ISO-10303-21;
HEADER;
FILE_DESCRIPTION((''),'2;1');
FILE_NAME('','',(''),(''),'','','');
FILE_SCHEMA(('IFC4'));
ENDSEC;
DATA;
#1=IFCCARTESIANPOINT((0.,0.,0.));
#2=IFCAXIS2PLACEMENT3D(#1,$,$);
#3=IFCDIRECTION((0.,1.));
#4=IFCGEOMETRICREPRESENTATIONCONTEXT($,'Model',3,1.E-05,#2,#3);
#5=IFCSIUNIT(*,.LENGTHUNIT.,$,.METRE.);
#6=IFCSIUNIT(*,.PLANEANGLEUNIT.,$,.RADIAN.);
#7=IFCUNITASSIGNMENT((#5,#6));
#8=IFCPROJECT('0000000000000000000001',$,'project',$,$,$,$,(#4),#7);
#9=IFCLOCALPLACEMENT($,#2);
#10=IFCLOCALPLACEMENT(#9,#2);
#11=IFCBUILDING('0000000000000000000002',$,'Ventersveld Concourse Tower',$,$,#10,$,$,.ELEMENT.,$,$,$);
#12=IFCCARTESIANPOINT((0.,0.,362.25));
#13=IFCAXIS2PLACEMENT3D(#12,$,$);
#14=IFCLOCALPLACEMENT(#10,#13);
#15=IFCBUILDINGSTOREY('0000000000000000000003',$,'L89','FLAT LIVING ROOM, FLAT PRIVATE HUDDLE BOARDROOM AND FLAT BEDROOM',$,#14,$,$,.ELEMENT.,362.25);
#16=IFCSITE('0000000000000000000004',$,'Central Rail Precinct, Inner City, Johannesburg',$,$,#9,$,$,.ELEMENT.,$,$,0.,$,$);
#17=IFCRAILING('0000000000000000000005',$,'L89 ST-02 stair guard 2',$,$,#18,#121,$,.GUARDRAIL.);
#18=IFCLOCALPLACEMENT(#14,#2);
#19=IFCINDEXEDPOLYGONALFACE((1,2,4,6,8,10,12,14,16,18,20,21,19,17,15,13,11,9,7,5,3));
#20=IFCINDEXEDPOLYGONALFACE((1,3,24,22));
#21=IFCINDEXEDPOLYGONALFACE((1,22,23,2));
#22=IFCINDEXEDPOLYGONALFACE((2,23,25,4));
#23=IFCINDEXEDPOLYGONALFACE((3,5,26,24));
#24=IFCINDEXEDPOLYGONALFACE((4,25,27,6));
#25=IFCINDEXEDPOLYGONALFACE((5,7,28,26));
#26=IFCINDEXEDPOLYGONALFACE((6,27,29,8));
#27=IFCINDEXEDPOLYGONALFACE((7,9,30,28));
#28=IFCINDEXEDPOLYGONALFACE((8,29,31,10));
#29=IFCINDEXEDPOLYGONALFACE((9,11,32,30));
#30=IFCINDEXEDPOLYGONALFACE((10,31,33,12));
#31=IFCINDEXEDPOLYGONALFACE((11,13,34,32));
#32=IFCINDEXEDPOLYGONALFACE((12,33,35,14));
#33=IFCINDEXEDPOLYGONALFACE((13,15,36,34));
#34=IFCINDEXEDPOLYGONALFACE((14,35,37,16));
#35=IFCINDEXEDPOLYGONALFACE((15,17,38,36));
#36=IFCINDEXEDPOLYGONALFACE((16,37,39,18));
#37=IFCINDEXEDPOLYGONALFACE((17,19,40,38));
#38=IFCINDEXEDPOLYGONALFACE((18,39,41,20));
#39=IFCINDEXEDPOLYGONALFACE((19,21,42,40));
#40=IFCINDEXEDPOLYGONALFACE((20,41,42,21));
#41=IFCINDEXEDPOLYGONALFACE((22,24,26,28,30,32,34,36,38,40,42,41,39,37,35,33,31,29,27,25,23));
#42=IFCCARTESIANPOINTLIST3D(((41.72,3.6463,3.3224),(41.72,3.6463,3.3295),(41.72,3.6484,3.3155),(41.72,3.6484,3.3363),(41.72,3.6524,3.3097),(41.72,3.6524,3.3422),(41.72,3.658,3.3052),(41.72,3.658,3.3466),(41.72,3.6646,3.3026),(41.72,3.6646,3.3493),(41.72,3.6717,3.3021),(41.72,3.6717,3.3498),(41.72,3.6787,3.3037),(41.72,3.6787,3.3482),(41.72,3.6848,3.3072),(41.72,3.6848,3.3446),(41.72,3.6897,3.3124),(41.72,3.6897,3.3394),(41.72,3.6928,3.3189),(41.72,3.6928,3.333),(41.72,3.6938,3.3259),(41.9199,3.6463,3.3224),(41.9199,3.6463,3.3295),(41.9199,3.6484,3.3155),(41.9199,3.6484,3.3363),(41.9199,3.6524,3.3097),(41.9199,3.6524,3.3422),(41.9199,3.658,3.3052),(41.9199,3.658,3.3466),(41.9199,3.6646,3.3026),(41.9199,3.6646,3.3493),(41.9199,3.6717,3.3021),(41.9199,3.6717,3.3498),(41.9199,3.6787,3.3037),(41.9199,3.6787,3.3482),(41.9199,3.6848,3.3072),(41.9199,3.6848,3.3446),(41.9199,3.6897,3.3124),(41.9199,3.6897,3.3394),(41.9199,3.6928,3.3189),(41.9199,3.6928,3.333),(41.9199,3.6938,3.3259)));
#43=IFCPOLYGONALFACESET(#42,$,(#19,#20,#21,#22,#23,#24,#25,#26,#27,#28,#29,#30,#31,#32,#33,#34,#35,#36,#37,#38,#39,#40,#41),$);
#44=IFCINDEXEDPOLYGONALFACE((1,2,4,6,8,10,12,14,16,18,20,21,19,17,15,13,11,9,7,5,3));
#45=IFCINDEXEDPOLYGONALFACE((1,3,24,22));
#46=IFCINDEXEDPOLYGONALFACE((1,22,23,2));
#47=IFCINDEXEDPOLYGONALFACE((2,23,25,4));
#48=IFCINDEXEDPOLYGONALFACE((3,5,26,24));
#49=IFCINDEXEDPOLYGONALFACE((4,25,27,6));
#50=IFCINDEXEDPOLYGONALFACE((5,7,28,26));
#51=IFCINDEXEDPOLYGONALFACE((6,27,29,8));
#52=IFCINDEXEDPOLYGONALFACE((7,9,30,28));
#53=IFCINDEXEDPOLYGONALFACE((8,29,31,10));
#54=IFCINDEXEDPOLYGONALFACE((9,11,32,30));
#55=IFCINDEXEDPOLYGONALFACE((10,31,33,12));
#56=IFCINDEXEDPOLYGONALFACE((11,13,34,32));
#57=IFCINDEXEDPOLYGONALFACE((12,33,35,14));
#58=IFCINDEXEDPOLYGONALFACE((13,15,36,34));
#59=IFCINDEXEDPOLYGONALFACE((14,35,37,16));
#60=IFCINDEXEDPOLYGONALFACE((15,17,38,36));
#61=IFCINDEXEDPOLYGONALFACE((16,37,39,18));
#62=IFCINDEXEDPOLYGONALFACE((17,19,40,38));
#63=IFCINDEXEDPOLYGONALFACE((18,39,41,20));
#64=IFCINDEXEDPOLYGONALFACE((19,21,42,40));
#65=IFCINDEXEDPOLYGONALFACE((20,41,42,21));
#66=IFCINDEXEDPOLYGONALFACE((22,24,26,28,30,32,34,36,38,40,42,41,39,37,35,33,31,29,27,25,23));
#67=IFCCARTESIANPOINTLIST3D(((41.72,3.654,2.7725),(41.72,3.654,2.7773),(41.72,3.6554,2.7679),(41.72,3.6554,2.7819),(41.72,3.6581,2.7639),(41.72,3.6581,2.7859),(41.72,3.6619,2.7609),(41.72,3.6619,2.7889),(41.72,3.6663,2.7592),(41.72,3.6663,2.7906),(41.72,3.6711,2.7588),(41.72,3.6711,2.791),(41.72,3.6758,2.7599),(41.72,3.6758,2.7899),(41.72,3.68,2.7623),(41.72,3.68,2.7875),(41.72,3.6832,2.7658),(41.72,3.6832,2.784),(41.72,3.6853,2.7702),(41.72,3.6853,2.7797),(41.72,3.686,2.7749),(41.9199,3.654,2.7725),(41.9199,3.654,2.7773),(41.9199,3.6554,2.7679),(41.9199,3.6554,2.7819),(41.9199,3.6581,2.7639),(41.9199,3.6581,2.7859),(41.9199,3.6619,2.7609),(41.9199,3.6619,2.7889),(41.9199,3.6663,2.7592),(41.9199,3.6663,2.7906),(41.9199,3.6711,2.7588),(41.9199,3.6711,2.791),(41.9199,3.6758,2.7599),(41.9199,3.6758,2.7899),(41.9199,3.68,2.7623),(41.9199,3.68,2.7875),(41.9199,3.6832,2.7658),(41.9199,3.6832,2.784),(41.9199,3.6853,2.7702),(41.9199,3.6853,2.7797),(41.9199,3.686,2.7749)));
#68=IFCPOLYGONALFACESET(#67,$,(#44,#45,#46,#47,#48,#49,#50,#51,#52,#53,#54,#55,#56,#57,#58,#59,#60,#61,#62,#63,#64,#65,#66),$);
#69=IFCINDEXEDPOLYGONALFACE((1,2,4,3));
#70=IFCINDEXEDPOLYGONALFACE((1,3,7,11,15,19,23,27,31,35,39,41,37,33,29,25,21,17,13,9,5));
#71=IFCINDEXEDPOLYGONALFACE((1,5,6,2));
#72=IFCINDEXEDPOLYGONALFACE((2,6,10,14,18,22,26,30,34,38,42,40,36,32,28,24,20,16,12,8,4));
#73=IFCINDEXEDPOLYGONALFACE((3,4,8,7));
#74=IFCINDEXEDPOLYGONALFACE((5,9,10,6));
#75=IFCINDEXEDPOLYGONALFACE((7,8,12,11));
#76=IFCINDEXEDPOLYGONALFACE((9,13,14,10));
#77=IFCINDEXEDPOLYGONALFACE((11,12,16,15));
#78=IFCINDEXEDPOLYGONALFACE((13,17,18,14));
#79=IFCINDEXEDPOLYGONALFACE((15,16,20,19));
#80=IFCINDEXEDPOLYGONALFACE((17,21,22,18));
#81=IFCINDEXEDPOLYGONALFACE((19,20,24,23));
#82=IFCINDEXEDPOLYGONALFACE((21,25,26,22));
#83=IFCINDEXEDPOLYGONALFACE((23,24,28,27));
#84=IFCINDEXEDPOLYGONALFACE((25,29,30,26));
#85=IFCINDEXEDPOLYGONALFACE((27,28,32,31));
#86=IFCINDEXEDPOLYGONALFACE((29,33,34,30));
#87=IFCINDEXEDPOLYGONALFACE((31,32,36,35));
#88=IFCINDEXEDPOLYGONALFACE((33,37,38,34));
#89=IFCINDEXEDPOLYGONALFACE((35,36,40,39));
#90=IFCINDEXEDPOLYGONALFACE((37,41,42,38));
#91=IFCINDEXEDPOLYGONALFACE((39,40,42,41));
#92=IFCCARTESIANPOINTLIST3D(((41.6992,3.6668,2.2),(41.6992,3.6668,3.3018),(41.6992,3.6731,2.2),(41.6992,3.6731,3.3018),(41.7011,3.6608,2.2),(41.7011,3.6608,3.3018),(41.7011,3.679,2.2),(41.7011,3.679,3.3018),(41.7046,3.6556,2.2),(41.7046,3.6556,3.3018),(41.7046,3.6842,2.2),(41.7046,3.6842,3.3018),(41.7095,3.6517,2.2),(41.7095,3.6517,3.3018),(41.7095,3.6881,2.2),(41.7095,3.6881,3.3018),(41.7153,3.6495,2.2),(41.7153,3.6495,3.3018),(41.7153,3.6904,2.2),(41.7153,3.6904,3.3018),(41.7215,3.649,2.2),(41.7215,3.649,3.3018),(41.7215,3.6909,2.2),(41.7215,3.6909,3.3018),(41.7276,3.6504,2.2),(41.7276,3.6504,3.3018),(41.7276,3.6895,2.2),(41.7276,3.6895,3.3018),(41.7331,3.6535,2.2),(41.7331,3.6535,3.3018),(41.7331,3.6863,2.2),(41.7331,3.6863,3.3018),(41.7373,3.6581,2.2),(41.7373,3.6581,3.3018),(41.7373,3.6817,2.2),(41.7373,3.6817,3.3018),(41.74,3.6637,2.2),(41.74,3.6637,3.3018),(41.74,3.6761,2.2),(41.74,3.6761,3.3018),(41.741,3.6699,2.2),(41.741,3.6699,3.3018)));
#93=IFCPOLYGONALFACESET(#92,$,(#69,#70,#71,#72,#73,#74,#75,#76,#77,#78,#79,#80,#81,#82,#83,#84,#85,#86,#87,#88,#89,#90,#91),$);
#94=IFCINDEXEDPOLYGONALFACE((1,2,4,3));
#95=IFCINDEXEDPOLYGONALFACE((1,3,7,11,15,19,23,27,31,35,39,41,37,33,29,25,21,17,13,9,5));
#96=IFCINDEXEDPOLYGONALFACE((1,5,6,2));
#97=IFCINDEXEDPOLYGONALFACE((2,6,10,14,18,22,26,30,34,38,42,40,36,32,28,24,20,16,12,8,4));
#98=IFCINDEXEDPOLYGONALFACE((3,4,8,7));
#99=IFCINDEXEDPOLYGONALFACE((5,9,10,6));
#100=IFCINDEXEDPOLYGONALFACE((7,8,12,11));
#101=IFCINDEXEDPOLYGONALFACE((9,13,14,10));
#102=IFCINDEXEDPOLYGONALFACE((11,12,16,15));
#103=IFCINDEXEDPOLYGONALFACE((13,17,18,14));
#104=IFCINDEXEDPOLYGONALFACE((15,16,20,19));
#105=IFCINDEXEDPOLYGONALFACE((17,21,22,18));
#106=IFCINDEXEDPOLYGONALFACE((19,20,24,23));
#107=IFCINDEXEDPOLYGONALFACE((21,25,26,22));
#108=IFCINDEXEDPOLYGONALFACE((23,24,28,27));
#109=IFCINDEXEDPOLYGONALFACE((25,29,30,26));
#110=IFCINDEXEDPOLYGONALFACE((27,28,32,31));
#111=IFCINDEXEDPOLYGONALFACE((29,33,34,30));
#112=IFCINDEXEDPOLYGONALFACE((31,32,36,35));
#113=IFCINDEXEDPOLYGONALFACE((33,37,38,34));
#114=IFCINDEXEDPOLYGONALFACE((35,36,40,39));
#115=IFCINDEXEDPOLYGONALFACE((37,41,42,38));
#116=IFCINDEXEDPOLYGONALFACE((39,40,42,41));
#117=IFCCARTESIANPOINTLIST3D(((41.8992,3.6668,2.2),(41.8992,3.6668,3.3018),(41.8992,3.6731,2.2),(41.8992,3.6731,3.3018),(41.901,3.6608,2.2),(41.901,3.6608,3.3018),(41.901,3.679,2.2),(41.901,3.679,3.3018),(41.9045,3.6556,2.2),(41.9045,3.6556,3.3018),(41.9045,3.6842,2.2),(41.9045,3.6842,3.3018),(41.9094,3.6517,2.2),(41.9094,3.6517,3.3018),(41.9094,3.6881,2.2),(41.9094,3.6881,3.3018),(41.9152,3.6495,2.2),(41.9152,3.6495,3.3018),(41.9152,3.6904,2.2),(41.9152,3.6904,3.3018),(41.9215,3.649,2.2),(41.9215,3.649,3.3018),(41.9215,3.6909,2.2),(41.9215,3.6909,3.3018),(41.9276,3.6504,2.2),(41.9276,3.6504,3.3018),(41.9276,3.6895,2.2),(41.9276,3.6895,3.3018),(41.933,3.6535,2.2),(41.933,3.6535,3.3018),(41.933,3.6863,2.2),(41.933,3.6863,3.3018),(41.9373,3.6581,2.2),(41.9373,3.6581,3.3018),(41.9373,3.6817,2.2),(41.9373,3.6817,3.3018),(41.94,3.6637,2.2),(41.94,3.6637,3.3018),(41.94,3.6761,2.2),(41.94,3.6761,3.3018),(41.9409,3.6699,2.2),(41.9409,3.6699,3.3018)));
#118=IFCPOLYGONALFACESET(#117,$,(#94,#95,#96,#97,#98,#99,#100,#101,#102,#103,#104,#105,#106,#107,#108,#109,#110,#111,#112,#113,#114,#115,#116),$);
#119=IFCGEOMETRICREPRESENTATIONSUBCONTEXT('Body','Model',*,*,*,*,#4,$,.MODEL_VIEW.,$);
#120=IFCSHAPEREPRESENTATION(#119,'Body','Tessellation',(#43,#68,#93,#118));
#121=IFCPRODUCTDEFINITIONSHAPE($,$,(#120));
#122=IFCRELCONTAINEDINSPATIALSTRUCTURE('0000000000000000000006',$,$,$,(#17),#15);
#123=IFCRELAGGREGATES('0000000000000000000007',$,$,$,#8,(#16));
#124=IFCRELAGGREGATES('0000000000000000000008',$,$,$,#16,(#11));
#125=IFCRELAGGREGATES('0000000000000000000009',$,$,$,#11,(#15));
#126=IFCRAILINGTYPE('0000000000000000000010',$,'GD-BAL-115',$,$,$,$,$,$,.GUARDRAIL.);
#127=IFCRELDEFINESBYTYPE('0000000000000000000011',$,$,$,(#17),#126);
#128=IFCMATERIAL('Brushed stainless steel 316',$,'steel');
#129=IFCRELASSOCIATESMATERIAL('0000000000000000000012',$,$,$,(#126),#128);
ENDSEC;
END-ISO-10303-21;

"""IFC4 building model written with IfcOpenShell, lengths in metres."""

from ifc_helpers import new_model, si_unit, direction, frame, origin, origin_2d, place, context, subcontext, project, spatial, circle, extrude, material, type_object, element, save


model = new_model("IFC4")

# Units and contexts
model_context = context("Model", 3, precision=1e-05, world=origin(), true_north=direction((0.0, 1.0)))
body_context = subcontext(model_context, "Body", "Model", "MODEL_VIEW")
ifc_project = project(units=[si_unit("LENGTHUNIT", "METRE"), si_unit("PLANEANGLEUNIT", "RADIAN")], contexts=[model_context])

# Site, building, storey
site_placement = place(None, origin())
site = spatial("IfcSite", under=ifc_project, at=site_placement, Name="Central Rail Precinct, Inner City, Johannesburg", CompositionType="ELEMENT", RefElevation=0.0)
building_placement = place(site_placement, origin())
building = spatial("IfcBuilding", under=site, at=building_placement, Name="Ventersveld Concourse Tower", CompositionType="ELEMENT")
storey_placement = place(building_placement, frame((0.0, 0.0, 362.25)))
storey = spatial("IfcBuildingStorey", under=building, at=storey_placement, Name="L89", Description="FLAT LIVING ROOM, FLAT PRIVATE HUDDLE BOARDROOM AND FLAT BEDROOM", CompositionType="ELEMENT", Elevation=362.25)

# Railing
ifc_material_1 = material(Name="Brushed stainless steel 316", Category="steel")
railing_type = type_object("IfcRailingType", Name="GD-BAL-115", PredefinedType="GUARDRAIL", material=ifc_material_1)
railing_1_placement = place(storey_placement, frame((41.72, 3.6699, 2.2)))
element("IfcRailing", 1, at=railing_1_placement, inside=storey, type_object=railing_type, Name="L89 ST-02 stair guard 2", PredefinedType="GUARDRAIL", context=body_context, shape_type="SweptSolid", body=[
    extrude(circle(Radius=0.0239, at=origin_2d()), frame((0.0, 0.0, 1.126), z_axis=(1.0, 0.0, 0.0), x_axis=(0.0, 1.0, 0.0)), (0.0, 0.0, 1.0), 0.2),
    extrude(circle(Radius=0.0161, at=origin_2d()), frame((0.0, 0.0, 0.575), z_axis=(1.0, 0.0, 0.0), x_axis=(0.0, 1.0, 0.0)), (0.0, 0.0, 1.0), 0.2),
    extrude(circle(Radius=0.021, at=origin_2d()), origin(), (0.0, 0.0, 1.0), 1.1018),
    extrude(circle(Radius=0.021, at=origin_2d()), frame((0.2, 0.0, 0.0)), (0.0, 0.0, 1.0), 1.1018),
])

save(model, "model.ifc")
